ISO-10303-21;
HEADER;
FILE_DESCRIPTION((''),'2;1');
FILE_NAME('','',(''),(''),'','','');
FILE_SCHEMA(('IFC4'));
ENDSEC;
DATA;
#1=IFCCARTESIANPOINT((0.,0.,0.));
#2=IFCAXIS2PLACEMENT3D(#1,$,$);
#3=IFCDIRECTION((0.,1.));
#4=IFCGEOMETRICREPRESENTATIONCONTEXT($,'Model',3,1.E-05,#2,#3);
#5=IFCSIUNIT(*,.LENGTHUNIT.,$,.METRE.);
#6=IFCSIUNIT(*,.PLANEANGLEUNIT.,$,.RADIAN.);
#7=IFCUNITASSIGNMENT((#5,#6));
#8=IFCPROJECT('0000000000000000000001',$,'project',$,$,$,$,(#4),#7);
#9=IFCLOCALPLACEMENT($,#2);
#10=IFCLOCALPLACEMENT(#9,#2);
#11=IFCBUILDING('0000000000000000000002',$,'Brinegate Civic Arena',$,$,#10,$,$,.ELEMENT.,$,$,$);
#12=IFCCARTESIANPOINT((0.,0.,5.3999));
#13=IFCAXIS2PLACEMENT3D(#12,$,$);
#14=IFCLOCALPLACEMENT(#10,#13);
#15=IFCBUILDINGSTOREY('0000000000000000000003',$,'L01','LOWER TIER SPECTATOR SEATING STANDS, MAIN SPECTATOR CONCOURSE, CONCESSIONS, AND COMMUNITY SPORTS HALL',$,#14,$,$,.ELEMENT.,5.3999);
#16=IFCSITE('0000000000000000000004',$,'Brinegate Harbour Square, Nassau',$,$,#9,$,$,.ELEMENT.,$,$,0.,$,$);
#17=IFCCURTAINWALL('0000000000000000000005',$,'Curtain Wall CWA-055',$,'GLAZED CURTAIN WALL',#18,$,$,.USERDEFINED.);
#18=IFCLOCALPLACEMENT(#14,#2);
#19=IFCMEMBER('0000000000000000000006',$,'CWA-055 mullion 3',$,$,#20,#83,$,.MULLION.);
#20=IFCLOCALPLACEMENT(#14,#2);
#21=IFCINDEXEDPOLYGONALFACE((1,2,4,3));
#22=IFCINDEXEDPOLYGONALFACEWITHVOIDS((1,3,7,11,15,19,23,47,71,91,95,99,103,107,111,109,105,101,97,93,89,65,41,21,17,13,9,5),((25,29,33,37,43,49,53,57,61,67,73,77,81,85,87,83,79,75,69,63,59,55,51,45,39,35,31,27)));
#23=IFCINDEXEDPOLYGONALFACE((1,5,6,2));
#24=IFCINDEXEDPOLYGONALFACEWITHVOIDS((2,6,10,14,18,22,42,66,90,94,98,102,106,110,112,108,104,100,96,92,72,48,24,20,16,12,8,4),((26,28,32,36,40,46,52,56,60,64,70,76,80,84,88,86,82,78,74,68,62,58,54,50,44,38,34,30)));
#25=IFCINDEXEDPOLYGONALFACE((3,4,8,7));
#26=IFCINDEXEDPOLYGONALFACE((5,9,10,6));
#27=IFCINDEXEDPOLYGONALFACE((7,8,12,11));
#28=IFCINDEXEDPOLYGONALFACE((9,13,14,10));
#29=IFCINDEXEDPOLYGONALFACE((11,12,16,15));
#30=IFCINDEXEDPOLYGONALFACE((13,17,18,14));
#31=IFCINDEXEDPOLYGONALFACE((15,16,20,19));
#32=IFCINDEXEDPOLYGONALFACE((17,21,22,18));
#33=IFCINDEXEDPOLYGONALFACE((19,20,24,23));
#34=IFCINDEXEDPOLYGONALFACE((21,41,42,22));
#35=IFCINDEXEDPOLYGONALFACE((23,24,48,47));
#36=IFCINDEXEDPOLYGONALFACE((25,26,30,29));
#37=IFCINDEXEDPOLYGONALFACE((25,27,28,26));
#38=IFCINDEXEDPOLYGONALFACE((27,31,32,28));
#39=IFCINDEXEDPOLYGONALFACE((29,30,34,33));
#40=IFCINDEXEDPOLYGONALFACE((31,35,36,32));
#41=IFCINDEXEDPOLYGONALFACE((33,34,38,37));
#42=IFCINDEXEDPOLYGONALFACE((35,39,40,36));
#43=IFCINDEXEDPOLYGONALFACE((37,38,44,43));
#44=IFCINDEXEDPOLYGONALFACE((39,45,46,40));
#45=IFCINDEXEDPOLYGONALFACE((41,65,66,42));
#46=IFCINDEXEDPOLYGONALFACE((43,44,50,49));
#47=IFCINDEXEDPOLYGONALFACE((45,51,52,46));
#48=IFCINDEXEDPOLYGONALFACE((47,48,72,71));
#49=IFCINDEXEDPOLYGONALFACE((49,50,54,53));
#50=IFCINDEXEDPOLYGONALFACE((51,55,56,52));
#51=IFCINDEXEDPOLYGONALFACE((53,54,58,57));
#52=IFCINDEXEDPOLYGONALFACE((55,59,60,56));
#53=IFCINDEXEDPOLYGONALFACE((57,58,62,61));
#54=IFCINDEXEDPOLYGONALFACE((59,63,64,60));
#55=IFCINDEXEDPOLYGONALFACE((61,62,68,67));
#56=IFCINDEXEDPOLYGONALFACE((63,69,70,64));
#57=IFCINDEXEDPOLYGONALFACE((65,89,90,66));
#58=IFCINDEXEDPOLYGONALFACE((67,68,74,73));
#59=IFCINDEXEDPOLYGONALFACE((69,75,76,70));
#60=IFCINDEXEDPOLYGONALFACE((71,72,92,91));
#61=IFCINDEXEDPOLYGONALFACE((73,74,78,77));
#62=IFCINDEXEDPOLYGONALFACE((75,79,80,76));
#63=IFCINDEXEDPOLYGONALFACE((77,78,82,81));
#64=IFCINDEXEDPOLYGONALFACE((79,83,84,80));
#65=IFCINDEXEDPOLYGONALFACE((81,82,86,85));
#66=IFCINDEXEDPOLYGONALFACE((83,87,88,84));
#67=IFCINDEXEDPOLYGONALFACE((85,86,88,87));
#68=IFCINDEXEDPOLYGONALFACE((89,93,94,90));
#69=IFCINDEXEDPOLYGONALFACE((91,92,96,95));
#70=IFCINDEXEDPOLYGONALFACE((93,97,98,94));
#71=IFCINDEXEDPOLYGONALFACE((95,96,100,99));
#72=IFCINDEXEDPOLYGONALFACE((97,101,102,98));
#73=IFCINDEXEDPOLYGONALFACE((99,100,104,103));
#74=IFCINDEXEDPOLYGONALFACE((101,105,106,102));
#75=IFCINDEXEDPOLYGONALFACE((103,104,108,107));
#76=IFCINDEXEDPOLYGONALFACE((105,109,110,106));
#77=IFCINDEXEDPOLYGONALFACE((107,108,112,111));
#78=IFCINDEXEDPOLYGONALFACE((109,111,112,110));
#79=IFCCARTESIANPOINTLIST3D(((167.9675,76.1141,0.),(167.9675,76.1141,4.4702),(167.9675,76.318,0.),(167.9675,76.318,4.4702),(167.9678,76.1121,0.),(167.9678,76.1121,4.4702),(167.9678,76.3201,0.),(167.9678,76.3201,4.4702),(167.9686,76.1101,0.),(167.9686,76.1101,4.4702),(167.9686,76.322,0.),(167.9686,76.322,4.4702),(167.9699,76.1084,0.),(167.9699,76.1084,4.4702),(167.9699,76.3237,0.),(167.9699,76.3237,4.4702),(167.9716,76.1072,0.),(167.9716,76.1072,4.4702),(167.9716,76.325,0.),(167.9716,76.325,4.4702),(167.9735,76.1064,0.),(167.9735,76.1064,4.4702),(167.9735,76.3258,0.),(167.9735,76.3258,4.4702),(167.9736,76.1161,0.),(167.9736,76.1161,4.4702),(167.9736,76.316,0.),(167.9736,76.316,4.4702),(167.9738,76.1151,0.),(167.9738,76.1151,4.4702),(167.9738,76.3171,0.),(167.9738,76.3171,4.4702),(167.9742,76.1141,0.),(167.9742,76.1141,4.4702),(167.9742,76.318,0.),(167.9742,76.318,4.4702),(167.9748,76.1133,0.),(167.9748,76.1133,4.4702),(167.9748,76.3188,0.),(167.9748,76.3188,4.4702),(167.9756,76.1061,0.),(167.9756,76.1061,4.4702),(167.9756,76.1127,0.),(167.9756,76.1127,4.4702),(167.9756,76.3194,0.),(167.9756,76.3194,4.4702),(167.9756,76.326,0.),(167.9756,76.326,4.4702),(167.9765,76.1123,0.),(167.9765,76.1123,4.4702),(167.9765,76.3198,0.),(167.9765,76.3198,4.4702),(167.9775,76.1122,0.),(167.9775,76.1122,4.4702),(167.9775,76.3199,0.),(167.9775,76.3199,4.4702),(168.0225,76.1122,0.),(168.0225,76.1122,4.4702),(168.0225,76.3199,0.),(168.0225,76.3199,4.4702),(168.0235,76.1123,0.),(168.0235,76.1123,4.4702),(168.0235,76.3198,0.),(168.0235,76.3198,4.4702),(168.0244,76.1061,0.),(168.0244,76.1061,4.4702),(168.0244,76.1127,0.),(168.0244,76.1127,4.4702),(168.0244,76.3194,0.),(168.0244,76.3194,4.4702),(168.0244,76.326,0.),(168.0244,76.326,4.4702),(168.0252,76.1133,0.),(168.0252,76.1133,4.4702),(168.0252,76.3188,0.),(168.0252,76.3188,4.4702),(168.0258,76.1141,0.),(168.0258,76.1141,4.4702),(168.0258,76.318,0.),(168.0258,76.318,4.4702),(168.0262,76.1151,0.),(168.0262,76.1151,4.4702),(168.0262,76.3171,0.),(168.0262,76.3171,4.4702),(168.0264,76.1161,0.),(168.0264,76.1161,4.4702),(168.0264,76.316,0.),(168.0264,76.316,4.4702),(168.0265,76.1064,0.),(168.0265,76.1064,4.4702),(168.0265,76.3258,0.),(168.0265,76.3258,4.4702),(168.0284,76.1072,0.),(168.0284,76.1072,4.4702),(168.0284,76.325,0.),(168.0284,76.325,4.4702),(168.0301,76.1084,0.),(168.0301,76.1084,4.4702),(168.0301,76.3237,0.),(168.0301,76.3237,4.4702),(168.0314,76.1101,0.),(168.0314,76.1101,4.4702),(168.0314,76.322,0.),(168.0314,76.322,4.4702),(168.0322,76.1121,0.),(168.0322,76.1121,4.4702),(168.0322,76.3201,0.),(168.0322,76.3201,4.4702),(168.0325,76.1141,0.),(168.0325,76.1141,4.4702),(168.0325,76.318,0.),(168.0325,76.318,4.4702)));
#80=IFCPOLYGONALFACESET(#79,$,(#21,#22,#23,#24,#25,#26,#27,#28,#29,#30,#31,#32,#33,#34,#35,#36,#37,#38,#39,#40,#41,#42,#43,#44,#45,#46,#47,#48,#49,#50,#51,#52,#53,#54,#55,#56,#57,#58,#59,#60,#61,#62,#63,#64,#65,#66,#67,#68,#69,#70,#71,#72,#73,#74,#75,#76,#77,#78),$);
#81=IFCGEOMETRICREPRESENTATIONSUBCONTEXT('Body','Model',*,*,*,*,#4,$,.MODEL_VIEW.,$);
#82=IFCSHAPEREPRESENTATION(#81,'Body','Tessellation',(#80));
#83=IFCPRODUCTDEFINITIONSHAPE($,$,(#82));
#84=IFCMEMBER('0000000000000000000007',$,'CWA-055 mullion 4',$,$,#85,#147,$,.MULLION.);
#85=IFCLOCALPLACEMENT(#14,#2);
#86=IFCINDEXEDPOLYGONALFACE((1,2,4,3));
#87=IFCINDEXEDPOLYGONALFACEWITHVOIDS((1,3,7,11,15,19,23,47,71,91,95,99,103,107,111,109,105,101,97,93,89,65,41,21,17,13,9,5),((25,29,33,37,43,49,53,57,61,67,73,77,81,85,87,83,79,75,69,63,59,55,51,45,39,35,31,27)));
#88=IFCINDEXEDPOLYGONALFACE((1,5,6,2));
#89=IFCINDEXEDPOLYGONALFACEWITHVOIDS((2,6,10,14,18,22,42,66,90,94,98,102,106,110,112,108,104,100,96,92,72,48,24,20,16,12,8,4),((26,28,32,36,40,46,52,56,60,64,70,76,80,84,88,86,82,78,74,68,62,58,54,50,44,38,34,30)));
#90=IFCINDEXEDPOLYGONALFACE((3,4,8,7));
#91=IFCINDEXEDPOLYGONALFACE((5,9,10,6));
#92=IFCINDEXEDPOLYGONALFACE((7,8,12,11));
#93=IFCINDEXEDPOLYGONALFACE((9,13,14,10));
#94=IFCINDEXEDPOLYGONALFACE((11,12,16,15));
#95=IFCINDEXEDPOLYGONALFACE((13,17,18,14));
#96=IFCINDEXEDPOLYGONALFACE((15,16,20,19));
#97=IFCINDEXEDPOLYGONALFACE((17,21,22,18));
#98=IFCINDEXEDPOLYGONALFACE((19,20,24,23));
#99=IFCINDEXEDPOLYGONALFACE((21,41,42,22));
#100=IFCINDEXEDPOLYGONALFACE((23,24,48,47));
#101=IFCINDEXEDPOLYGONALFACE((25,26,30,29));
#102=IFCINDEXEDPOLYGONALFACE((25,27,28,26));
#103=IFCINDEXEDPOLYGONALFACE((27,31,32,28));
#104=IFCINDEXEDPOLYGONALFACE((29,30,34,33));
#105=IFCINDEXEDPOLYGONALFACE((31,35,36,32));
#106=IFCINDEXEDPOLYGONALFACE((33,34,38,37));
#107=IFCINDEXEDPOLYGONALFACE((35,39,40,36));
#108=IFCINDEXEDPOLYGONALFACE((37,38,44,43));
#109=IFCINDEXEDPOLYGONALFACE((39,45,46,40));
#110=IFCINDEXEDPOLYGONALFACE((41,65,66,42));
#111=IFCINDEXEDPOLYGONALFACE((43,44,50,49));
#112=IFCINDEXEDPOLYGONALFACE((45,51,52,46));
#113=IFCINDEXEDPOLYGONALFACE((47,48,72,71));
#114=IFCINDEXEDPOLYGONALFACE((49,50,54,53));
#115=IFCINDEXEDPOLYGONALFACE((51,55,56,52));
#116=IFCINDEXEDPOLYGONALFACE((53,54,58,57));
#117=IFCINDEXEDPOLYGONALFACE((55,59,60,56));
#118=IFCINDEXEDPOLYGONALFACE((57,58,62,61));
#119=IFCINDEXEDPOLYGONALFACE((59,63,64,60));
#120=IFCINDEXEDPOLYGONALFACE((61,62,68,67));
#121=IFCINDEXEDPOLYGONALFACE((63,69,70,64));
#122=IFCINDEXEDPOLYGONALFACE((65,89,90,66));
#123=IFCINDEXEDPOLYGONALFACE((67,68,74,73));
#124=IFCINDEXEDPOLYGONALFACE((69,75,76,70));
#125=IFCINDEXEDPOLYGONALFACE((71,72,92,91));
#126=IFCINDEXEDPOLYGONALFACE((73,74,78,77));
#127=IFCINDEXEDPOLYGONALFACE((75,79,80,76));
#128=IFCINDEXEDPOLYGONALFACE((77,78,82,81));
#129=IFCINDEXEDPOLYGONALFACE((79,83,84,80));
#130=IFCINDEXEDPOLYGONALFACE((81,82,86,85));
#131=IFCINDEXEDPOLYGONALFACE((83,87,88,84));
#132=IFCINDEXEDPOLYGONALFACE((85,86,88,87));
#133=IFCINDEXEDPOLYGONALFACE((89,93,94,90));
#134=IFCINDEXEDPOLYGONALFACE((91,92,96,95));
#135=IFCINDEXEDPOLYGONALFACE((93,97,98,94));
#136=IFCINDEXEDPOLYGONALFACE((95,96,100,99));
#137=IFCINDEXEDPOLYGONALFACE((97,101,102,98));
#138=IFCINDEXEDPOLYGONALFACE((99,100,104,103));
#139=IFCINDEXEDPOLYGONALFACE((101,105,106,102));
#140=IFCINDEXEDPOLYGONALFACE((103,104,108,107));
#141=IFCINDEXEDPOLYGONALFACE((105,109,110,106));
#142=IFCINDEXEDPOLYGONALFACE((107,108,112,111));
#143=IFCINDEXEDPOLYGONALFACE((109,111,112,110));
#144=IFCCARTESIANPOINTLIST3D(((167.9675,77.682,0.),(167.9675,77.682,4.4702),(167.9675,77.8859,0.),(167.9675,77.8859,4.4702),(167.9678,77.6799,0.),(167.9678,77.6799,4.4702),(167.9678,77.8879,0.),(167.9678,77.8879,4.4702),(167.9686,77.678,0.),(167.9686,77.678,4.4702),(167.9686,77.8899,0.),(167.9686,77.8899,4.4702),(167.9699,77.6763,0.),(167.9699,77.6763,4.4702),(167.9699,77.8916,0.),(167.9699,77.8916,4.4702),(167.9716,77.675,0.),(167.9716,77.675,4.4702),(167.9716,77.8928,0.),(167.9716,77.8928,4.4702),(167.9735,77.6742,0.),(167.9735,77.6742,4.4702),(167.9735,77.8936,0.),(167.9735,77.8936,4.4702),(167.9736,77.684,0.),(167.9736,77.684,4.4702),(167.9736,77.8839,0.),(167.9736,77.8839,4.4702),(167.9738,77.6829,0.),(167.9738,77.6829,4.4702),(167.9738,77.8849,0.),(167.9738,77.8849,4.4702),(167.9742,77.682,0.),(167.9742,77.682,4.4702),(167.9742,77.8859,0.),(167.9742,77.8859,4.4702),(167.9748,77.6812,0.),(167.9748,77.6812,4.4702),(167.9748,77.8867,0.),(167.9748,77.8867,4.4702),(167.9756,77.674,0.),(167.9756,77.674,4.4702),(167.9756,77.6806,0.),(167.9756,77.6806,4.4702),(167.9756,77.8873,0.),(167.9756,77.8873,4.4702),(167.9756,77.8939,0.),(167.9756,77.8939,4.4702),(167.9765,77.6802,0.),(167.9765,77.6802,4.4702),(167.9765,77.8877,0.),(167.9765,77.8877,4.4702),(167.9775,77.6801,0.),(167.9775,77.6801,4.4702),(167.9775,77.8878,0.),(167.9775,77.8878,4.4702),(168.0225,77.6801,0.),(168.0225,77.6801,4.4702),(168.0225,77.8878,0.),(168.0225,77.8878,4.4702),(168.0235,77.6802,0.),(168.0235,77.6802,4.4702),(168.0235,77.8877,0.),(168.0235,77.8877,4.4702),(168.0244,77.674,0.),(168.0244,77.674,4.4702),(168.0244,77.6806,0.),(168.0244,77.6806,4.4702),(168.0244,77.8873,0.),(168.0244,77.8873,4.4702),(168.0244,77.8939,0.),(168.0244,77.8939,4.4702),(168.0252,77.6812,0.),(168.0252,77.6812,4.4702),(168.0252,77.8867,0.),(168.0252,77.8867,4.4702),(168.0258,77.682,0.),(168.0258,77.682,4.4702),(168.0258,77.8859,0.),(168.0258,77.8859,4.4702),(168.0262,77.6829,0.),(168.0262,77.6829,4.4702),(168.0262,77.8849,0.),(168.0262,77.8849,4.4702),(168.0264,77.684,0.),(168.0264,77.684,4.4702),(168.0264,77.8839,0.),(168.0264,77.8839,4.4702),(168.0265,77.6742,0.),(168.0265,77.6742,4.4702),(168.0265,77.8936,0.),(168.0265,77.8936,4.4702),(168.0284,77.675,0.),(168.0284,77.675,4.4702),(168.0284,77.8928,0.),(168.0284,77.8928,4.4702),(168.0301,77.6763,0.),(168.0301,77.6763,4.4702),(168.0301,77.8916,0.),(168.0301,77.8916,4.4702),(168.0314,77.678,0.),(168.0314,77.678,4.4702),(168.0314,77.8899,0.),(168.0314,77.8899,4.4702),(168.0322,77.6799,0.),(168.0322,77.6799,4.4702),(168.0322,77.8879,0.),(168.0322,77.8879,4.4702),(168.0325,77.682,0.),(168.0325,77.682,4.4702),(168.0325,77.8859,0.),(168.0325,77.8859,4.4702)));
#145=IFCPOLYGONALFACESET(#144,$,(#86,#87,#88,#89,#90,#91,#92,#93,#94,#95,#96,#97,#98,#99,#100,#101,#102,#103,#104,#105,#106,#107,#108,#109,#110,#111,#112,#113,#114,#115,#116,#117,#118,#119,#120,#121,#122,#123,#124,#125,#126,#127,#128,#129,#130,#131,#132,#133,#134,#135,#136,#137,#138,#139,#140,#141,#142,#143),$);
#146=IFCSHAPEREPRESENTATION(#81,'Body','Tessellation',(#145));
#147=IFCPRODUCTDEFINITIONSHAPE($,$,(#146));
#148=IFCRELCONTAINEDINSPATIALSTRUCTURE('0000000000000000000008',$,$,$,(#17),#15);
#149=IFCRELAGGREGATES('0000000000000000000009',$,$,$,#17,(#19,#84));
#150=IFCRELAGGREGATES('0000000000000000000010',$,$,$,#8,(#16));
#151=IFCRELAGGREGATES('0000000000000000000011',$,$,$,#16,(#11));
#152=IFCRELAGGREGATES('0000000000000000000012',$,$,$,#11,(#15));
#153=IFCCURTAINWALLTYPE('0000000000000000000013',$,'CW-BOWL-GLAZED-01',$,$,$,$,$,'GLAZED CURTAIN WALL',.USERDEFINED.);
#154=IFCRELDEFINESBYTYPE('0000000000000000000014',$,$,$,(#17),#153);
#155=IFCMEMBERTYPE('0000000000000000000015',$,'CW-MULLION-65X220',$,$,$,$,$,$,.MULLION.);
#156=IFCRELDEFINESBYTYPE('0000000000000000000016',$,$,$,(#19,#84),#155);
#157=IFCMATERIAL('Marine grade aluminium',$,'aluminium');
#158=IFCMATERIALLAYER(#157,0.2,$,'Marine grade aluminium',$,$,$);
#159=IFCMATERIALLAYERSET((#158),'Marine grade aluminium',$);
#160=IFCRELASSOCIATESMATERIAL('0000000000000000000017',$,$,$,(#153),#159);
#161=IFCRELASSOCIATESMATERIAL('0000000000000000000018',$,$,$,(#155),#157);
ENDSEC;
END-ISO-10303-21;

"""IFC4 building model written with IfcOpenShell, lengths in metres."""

from ifc_helpers import new_model, si_unit, direction, frame, origin, origin_2d, place, context, subcontext, project, spatial, hollow_rectangle, extrude, material, layer, layer_set, material_profile, profile_set, type_object, element, aggregate, save


model = new_model("IFC4")

# Units and contexts
model_context = context("Model", 3, precision=1e-05, world=origin(), true_north=direction((0.0, 1.0)))
body_context = subcontext(model_context, "Body", "Model", "MODEL_VIEW")
ifc_project = project(units=[si_unit("LENGTHUNIT", "METRE"), si_unit("PLANEANGLEUNIT", "RADIAN")], contexts=[model_context])

# Site, building, storey
site_placement = place(None, origin())
site = spatial("IfcSite", under=ifc_project, at=site_placement, Name="Brinegate Harbour Square, Nassau", CompositionType="ELEMENT", RefElevation=0.0)
building_placement = place(site_placement, origin())
building = spatial("IfcBuilding", under=site, at=building_placement, Name="Brinegate Civic Arena", CompositionType="ELEMENT")
storey_placement = place(building_placement, frame((0.0, 0.0, 5.3999)))
storey = spatial("IfcBuildingStorey", under=building, at=storey_placement, Name="L01", Description="LOWER TIER SPECTATOR SEATING STANDS, MAIN SPECTATOR CONCOURSE, CONCESSIONS, AND COMMUNITY SPORTS HALL", CompositionType="ELEMENT", Elevation=5.3999)

# Curtain wall, members
ifc_material_1 = material(Name="Marine grade aluminium", Category="aluminium")
ifc_layer_1 = layer(ifc_material_1, 0.2, Name="Marine grade aluminium")
ifc_layer_set_1 = layer_set([ifc_layer_1], Name="Marine grade aluminium")
curtain_wall_type = type_object("IfcCurtainWallType", Name="CW-BOWL-GLAZED-01", ElementType="GLAZED CURTAIN WALL", PredefinedType="USERDEFINED", material=ifc_layer_set_1)
curtain_wall_placement = place(storey_placement, origin())
curtain_wall = element("IfcCurtainWall", 1, at=curtain_wall_placement, inside=storey, type_object=curtain_wall_type, Name="Curtain Wall CWA-055", ObjectType="GLAZED CURTAIN WALL", PredefinedType="USERDEFINED")
ifc_material_profile_1 = material_profile(ifc_material_1, hollow_rectangle(XDim=0.0649, YDim=0.22, WallThickness=0.0061, InnerFilletRadius=0.0039, OuterFilletRadius=0.0081, at=origin_2d()), Name="MUL65X220")
ifc_profile_set_1 = profile_set([ifc_material_profile_1], Name="Marine grade aluminium")
member_type_1 = type_object("IfcMemberType", Name="CW-MULLION-65X220", PredefinedType="MULLION", material=ifc_profile_set_1)
member_1_placement = place(storey_placement, frame((168.0, 76.2161, 0.0), z_axis=(0.0, 0.0, 1.0), x_axis=(-1.0, 0.0, 0.0)))
member_1 = element("IfcMember", 2, at=member_1_placement, type_object=member_type_1, Name="CWA-055 mullion 3", PredefinedType="MULLION", context=body_context, shape_type="SweptSolid", body=[
    extrude(hollow_rectangle(XDim=0.0649, YDim=0.22, WallThickness=0.0061, InnerFilletRadius=0.0039, OuterFilletRadius=0.0081, at=origin_2d()), origin(), (0.0, 0.0, 1.0), 4.4702),
])
member_2_placement = place(storey_placement, frame((168.0, 77.7839, 0.0), z_axis=(0.0, 0.0, 1.0), x_axis=(-1.0, 0.0, 0.0)))
member_2 = element("IfcMember", 3, at=member_2_placement, type_object=member_type_1, Name="CWA-055 mullion 4", PredefinedType="MULLION", context=body_context, shape_type="SweptSolid", body=[
    extrude(hollow_rectangle(XDim=0.0649, YDim=0.22, WallThickness=0.0061, InnerFilletRadius=0.0039, OuterFilletRadius=0.0081, at=origin_2d()), origin(), (0.0, 0.0, 1.0), 4.4702),
])
aggregate(curtain_wall, [member_1, member_2])

save(model, "model.ifc")
